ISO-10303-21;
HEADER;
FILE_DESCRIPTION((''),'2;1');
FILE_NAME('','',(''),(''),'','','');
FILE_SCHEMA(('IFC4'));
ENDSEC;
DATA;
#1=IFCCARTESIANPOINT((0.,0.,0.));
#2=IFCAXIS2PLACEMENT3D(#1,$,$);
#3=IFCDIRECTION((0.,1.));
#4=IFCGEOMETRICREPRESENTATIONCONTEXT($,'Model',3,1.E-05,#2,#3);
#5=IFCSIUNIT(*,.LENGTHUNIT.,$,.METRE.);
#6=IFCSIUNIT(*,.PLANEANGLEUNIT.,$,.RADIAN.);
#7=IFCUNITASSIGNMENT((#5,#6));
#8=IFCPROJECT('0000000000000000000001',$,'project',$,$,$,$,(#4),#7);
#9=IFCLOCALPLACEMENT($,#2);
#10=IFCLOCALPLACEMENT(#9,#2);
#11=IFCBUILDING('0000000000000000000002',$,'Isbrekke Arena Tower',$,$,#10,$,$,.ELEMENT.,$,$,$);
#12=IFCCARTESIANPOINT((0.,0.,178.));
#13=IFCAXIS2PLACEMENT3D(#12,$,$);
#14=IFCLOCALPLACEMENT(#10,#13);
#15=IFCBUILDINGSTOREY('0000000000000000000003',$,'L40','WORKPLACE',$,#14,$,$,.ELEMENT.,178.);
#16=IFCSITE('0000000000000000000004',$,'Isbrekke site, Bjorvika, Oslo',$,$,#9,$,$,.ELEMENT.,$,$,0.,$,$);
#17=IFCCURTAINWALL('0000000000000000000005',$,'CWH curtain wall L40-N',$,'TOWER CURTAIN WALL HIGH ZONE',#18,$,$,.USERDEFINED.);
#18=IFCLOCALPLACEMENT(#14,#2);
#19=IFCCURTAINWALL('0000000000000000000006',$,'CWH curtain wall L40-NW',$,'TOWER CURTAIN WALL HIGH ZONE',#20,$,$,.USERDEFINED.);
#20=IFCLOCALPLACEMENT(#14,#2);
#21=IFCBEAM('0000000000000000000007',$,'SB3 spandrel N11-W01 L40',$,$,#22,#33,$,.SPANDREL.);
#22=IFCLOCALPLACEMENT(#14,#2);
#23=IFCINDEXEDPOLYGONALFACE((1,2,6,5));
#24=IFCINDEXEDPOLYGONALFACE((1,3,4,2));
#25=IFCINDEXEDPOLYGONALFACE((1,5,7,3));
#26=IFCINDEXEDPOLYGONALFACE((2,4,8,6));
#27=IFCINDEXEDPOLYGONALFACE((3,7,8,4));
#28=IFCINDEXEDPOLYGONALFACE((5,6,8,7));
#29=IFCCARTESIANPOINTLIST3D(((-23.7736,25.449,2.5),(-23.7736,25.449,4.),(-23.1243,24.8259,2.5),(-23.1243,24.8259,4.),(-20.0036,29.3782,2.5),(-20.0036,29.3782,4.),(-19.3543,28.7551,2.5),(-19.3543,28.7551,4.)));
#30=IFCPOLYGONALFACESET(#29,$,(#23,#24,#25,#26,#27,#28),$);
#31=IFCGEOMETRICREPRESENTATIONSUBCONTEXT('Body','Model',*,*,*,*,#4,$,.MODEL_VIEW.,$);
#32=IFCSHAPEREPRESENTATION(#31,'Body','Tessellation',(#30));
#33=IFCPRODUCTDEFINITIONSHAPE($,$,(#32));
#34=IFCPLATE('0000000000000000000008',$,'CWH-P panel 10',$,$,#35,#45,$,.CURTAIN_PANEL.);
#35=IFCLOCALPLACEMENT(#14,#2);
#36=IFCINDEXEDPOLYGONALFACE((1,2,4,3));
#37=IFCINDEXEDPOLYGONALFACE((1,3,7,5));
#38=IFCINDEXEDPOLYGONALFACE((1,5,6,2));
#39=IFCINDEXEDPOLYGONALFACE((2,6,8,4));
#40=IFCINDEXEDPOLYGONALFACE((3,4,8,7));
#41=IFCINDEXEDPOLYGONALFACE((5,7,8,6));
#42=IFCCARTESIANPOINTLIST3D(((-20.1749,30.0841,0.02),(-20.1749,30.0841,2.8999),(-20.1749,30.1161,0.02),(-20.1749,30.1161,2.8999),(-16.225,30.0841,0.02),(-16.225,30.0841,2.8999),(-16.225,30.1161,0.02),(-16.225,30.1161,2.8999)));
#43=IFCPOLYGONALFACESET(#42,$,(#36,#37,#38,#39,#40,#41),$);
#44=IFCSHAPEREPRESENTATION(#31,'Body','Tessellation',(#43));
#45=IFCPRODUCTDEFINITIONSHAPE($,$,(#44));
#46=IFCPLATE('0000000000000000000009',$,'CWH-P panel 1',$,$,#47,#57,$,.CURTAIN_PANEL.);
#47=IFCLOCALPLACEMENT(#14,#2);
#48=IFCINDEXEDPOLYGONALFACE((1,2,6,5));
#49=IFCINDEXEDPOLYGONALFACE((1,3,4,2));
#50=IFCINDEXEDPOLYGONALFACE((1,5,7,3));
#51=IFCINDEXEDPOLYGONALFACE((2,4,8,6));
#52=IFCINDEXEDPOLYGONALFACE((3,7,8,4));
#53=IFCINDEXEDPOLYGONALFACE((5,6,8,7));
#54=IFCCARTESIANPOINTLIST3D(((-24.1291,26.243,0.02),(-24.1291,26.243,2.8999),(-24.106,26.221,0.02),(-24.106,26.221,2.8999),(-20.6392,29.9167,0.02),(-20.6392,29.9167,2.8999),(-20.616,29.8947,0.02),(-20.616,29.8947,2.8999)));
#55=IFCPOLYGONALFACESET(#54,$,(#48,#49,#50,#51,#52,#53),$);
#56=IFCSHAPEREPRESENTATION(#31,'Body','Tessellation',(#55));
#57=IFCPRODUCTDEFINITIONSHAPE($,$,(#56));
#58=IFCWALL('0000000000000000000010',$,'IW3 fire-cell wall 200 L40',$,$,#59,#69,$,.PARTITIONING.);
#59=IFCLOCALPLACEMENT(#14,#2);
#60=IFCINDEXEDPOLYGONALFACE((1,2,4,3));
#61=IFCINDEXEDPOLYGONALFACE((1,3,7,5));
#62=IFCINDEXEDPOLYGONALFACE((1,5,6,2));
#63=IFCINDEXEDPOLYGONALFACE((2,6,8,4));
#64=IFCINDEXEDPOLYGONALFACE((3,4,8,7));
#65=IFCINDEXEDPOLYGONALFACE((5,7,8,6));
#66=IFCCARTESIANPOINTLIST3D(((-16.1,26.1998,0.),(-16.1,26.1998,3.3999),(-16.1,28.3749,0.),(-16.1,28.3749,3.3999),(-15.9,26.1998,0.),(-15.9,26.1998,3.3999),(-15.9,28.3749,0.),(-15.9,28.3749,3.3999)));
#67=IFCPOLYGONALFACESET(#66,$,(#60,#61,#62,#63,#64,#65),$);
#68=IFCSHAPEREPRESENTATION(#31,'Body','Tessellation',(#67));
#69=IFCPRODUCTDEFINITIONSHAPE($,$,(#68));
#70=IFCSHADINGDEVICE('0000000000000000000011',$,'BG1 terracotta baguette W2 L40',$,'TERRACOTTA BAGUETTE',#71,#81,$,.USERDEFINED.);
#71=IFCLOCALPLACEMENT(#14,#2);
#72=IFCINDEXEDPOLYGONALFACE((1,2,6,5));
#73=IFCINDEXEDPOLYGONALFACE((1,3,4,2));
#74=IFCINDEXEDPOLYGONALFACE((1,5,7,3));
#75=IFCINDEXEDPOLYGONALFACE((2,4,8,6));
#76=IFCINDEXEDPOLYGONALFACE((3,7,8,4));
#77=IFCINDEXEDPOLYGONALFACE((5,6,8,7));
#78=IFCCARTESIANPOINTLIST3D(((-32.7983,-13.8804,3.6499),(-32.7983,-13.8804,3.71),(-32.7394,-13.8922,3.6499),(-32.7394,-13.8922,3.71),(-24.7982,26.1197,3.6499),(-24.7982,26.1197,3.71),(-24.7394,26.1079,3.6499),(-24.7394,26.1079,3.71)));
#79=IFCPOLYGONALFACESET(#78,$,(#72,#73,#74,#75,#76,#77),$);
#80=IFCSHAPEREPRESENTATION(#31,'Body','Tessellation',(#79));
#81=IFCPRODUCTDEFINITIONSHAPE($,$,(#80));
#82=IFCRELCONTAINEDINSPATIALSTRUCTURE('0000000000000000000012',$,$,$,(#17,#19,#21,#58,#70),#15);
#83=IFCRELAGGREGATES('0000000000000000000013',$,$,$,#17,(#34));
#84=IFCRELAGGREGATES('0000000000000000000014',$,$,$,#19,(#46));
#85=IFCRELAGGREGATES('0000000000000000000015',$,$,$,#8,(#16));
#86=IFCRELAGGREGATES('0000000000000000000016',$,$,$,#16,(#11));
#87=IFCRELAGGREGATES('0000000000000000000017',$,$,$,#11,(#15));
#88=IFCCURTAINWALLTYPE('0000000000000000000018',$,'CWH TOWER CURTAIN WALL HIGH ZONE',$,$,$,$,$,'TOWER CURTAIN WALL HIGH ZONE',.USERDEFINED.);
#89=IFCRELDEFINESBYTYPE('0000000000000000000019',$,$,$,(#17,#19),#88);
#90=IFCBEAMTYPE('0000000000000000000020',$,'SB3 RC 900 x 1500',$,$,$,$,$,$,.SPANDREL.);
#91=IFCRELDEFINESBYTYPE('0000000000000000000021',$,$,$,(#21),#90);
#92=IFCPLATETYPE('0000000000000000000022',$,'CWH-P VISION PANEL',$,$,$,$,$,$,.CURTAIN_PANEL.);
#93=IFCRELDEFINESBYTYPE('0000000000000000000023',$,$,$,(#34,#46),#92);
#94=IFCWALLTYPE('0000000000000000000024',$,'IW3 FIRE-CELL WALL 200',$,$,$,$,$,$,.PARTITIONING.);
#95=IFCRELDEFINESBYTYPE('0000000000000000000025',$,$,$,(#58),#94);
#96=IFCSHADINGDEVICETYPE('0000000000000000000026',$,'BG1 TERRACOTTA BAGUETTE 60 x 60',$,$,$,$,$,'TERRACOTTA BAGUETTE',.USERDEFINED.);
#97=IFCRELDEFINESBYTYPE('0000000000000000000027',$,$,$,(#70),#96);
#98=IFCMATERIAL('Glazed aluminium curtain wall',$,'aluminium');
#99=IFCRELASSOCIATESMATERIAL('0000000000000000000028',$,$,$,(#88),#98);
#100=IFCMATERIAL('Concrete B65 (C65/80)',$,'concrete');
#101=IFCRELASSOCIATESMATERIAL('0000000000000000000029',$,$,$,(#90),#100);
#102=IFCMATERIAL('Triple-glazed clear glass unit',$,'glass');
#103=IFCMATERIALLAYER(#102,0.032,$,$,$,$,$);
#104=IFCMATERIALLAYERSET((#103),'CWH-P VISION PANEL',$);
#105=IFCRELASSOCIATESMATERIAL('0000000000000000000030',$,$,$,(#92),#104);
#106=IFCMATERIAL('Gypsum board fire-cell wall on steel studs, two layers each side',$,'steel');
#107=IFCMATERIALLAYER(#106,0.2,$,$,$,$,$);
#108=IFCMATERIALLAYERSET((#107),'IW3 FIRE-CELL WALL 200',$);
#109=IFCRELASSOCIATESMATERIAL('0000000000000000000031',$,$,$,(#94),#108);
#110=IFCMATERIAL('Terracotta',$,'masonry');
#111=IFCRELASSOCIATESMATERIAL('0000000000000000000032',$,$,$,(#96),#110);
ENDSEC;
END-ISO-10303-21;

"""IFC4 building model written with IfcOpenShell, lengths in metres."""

from ifc_helpers import new_model, si_unit, direction, frame, frame_2d, origin, origin_2d, place, context, subcontext, project, spatial, rectangle, extrude, material, layer, layer_set, material_profile, profile_set, type_object, element, aggregate, save


model = new_model("IFC4")

# Units and contexts
model_context = context("Model", 3, precision=1e-05, world=origin(), true_north=direction((0.0, 1.0)))
body_context = subcontext(model_context, "Body", "Model", "MODEL_VIEW")
ifc_project = project(units=[si_unit("LENGTHUNIT", "METRE"), si_unit("PLANEANGLEUNIT", "RADIAN")], contexts=[model_context])

# Site, building, storey
site_placement = place(None, origin())
site = spatial("IfcSite", under=ifc_project, at=site_placement, Name="Isbrekke site, Bjorvika, Oslo", CompositionType="ELEMENT", RefElevation=0.0)
building_placement = place(site_placement, origin())
building = spatial("IfcBuilding", under=site, at=building_placement, Name="Isbrekke Arena Tower", CompositionType="ELEMENT")
storey_placement = place(building_placement, frame((0.0, 0.0, 178.0)))
storey = spatial("IfcBuildingStorey", under=building, at=storey_placement, Name="L40", Description="WORKPLACE", CompositionType="ELEMENT", Elevation=178.0)

# Curtain walls
ifc_material_1 = material(Name="Glazed aluminium curtain wall", Category="aluminium")
curtain_wall_type = type_object("IfcCurtainWallType", Name="CWH TOWER CURTAIN WALL HIGH ZONE", ElementType="TOWER CURTAIN WALL HIGH ZONE", PredefinedType="USERDEFINED", material=ifc_material_1)
curtain_wall_1_placement = place(storey_placement, origin())
curtain_wall_1 = element("IfcCurtainWall", 1, at=curtain_wall_1_placement, inside=storey, type_object=curtain_wall_type, Name="CWH curtain wall L40-N", ObjectType="TOWER CURTAIN WALL HIGH ZONE", PredefinedType="USERDEFINED")
curtain_wall_2_placement = place(storey_placement, origin())
curtain_wall_2 = element("IfcCurtainWall", 2, at=curtain_wall_2_placement, inside=storey, type_object=curtain_wall_type, Name="CWH curtain wall L40-NW", ObjectType="TOWER CURTAIN WALL HIGH ZONE", PredefinedType="USERDEFINED")

# Beam
ifc_material_2 = material(Name="Concrete B65 (C65/80)", Category="concrete")
ifc_material_profile_1 = material_profile(ifc_material_2, rectangle(XDim=0.8999, YDim=1.5, at=origin_2d()), Name="RC 900x1500")
ifc_profile_set_1 = profile_set([ifc_material_profile_1], Name="Concrete B65 (C65/80)")
beam_type_1 = type_object("IfcBeamType", Name="SB3 RC 900 x 1500", PredefinedType="SPANDREL", material=ifc_profile_set_1)
beam_1_placement = place(storey_placement, frame((-19.679, 29.0667, 3.25), z_axis=(-0.69234, -0.721572, 0.0), x_axis=(0.721572, -0.69234, 0.0)))
element("IfcBeam", 3, at=beam_1_placement, inside=storey, type_object=beam_type_1, Name="SB3 spandrel N11-W01 L40", PredefinedType="SPANDREL", context=body_context, shape_type="SweptSolid", body=[
    extrude(rectangle(XDim=0.8999, YDim=1.5, at=origin_2d()), origin(), (0.0, 0.0, 1.0), 5.4453),
])

# Plates
ifc_material_3 = material(Name="Triple-glazed clear glass unit", Category="glass")
ifc_layer_1 = layer(ifc_material_3, 0.032)
ifc_layer_set_1 = layer_set([ifc_layer_1], Name="CWH-P VISION PANEL")
plate_type = type_object("IfcPlateType", Name="CWH-P VISION PANEL", PredefinedType="CURTAIN_PANEL", material=ifc_layer_set_1)
plate_1_placement = place(storey_placement, frame((-18.2, 30.1001, 0.02), z_axis=(0.0, 0.0, 1.0), x_axis=(-1.0, 0.0, 0.0)))
plate_1 = element("IfcPlate", 4, at=plate_1_placement, type_object=plate_type, Name="CWH-P panel 10", PredefinedType="CURTAIN_PANEL", context=body_context, shape_type="SweptSolid", body=[
    extrude(rectangle(XDim=3.95, YDim=0.032, at=origin_2d()), origin(), (0.0, 0.0, 1.0), 2.8799),
])
aggregate(curtain_wall_1, [plate_1])
plate_2_placement = place(storey_placement, frame((-22.3726, 28.0688, 0.02), z_axis=(0.0, 0.0, 1.0), x_axis=(-0.688749, -0.724999, 0.0)))
plate_2 = element("IfcPlate", 5, at=plate_2_placement, type_object=plate_type, Name="CWH-P panel 1", PredefinedType="CURTAIN_PANEL", context=body_context, shape_type="SweptSolid", body=[
    extrude(rectangle(XDim=5.0671, YDim=0.032, at=origin_2d()), origin(), (0.0, 0.0, 1.0), 2.8799),
])
aggregate(curtain_wall_2, [plate_2])

# Wall
ifc_material_4 = material(Name="Gypsum board fire-cell wall on steel studs, two layers each side", Category="steel")
ifc_layer_2 = layer(ifc_material_4, 0.2)
ifc_layer_set_2 = layer_set([ifc_layer_2], Name="IW3 FIRE-CELL WALL 200")
wall_type = type_object("IfcWallType", Name="IW3 FIRE-CELL WALL 200", PredefinedType="PARTITIONING", material=ifc_layer_set_2)
wall_placement = place(storey_placement, frame((-16.0, 26.2, 0.0), z_axis=(0.0, 0.0, 1.0), x_axis=(0.0, 1.0, 0.0)))
element("IfcWall", 6, at=wall_placement, inside=storey, type_object=wall_type, Name="IW3 fire-cell wall 200 L40", PredefinedType="PARTITIONING", context=body_context, shape_type="SweptSolid", body=[
    extrude(rectangle(XDim=2.175, YDim=0.2, at=frame_2d((1.0874, 0.0))), origin(), (0.0, 0.0, 1.0), 3.3999),
])

# Shading device
ifc_material_5 = material(Name="Terracotta", Category="masonry")
ifc_material_profile_2 = material_profile(ifc_material_5, rectangle(XDim=0.0601, YDim=0.0601, at=origin_2d()), Name="BAGUETTE 60X60")
ifc_profile_set_2 = profile_set([ifc_material_profile_2], Name="Terracotta")
shading_device_type = type_object("IfcShadingDeviceType", Name="BG1 TERRACOTTA BAGUETTE 60 x 60", ElementType="TERRACOTTA BAGUETTE", PredefinedType="USERDEFINED", material=ifc_profile_set_2)
shading_device_placement = place(storey_placement, frame((-24.7688, 26.1138, 3.6799), z_axis=(-0.196116, -0.980581, 0.0), x_axis=(0.980581, -0.196116, 0.0)))
element("IfcShadingDevice", 7, at=shading_device_placement, inside=storey, type_object=shading_device_type, Name="BG1 terracotta baguette W2 L40", ObjectType="TERRACOTTA BAGUETTE", PredefinedType="USERDEFINED", context=body_context, shape_type="SweptSolid", body=[
    extrude(rectangle(XDim=0.0601, YDim=0.0601, at=origin_2d()), origin(), (0.0, 0.0, 1.0), 40.7922),
])

save(model, "model.ifc")
